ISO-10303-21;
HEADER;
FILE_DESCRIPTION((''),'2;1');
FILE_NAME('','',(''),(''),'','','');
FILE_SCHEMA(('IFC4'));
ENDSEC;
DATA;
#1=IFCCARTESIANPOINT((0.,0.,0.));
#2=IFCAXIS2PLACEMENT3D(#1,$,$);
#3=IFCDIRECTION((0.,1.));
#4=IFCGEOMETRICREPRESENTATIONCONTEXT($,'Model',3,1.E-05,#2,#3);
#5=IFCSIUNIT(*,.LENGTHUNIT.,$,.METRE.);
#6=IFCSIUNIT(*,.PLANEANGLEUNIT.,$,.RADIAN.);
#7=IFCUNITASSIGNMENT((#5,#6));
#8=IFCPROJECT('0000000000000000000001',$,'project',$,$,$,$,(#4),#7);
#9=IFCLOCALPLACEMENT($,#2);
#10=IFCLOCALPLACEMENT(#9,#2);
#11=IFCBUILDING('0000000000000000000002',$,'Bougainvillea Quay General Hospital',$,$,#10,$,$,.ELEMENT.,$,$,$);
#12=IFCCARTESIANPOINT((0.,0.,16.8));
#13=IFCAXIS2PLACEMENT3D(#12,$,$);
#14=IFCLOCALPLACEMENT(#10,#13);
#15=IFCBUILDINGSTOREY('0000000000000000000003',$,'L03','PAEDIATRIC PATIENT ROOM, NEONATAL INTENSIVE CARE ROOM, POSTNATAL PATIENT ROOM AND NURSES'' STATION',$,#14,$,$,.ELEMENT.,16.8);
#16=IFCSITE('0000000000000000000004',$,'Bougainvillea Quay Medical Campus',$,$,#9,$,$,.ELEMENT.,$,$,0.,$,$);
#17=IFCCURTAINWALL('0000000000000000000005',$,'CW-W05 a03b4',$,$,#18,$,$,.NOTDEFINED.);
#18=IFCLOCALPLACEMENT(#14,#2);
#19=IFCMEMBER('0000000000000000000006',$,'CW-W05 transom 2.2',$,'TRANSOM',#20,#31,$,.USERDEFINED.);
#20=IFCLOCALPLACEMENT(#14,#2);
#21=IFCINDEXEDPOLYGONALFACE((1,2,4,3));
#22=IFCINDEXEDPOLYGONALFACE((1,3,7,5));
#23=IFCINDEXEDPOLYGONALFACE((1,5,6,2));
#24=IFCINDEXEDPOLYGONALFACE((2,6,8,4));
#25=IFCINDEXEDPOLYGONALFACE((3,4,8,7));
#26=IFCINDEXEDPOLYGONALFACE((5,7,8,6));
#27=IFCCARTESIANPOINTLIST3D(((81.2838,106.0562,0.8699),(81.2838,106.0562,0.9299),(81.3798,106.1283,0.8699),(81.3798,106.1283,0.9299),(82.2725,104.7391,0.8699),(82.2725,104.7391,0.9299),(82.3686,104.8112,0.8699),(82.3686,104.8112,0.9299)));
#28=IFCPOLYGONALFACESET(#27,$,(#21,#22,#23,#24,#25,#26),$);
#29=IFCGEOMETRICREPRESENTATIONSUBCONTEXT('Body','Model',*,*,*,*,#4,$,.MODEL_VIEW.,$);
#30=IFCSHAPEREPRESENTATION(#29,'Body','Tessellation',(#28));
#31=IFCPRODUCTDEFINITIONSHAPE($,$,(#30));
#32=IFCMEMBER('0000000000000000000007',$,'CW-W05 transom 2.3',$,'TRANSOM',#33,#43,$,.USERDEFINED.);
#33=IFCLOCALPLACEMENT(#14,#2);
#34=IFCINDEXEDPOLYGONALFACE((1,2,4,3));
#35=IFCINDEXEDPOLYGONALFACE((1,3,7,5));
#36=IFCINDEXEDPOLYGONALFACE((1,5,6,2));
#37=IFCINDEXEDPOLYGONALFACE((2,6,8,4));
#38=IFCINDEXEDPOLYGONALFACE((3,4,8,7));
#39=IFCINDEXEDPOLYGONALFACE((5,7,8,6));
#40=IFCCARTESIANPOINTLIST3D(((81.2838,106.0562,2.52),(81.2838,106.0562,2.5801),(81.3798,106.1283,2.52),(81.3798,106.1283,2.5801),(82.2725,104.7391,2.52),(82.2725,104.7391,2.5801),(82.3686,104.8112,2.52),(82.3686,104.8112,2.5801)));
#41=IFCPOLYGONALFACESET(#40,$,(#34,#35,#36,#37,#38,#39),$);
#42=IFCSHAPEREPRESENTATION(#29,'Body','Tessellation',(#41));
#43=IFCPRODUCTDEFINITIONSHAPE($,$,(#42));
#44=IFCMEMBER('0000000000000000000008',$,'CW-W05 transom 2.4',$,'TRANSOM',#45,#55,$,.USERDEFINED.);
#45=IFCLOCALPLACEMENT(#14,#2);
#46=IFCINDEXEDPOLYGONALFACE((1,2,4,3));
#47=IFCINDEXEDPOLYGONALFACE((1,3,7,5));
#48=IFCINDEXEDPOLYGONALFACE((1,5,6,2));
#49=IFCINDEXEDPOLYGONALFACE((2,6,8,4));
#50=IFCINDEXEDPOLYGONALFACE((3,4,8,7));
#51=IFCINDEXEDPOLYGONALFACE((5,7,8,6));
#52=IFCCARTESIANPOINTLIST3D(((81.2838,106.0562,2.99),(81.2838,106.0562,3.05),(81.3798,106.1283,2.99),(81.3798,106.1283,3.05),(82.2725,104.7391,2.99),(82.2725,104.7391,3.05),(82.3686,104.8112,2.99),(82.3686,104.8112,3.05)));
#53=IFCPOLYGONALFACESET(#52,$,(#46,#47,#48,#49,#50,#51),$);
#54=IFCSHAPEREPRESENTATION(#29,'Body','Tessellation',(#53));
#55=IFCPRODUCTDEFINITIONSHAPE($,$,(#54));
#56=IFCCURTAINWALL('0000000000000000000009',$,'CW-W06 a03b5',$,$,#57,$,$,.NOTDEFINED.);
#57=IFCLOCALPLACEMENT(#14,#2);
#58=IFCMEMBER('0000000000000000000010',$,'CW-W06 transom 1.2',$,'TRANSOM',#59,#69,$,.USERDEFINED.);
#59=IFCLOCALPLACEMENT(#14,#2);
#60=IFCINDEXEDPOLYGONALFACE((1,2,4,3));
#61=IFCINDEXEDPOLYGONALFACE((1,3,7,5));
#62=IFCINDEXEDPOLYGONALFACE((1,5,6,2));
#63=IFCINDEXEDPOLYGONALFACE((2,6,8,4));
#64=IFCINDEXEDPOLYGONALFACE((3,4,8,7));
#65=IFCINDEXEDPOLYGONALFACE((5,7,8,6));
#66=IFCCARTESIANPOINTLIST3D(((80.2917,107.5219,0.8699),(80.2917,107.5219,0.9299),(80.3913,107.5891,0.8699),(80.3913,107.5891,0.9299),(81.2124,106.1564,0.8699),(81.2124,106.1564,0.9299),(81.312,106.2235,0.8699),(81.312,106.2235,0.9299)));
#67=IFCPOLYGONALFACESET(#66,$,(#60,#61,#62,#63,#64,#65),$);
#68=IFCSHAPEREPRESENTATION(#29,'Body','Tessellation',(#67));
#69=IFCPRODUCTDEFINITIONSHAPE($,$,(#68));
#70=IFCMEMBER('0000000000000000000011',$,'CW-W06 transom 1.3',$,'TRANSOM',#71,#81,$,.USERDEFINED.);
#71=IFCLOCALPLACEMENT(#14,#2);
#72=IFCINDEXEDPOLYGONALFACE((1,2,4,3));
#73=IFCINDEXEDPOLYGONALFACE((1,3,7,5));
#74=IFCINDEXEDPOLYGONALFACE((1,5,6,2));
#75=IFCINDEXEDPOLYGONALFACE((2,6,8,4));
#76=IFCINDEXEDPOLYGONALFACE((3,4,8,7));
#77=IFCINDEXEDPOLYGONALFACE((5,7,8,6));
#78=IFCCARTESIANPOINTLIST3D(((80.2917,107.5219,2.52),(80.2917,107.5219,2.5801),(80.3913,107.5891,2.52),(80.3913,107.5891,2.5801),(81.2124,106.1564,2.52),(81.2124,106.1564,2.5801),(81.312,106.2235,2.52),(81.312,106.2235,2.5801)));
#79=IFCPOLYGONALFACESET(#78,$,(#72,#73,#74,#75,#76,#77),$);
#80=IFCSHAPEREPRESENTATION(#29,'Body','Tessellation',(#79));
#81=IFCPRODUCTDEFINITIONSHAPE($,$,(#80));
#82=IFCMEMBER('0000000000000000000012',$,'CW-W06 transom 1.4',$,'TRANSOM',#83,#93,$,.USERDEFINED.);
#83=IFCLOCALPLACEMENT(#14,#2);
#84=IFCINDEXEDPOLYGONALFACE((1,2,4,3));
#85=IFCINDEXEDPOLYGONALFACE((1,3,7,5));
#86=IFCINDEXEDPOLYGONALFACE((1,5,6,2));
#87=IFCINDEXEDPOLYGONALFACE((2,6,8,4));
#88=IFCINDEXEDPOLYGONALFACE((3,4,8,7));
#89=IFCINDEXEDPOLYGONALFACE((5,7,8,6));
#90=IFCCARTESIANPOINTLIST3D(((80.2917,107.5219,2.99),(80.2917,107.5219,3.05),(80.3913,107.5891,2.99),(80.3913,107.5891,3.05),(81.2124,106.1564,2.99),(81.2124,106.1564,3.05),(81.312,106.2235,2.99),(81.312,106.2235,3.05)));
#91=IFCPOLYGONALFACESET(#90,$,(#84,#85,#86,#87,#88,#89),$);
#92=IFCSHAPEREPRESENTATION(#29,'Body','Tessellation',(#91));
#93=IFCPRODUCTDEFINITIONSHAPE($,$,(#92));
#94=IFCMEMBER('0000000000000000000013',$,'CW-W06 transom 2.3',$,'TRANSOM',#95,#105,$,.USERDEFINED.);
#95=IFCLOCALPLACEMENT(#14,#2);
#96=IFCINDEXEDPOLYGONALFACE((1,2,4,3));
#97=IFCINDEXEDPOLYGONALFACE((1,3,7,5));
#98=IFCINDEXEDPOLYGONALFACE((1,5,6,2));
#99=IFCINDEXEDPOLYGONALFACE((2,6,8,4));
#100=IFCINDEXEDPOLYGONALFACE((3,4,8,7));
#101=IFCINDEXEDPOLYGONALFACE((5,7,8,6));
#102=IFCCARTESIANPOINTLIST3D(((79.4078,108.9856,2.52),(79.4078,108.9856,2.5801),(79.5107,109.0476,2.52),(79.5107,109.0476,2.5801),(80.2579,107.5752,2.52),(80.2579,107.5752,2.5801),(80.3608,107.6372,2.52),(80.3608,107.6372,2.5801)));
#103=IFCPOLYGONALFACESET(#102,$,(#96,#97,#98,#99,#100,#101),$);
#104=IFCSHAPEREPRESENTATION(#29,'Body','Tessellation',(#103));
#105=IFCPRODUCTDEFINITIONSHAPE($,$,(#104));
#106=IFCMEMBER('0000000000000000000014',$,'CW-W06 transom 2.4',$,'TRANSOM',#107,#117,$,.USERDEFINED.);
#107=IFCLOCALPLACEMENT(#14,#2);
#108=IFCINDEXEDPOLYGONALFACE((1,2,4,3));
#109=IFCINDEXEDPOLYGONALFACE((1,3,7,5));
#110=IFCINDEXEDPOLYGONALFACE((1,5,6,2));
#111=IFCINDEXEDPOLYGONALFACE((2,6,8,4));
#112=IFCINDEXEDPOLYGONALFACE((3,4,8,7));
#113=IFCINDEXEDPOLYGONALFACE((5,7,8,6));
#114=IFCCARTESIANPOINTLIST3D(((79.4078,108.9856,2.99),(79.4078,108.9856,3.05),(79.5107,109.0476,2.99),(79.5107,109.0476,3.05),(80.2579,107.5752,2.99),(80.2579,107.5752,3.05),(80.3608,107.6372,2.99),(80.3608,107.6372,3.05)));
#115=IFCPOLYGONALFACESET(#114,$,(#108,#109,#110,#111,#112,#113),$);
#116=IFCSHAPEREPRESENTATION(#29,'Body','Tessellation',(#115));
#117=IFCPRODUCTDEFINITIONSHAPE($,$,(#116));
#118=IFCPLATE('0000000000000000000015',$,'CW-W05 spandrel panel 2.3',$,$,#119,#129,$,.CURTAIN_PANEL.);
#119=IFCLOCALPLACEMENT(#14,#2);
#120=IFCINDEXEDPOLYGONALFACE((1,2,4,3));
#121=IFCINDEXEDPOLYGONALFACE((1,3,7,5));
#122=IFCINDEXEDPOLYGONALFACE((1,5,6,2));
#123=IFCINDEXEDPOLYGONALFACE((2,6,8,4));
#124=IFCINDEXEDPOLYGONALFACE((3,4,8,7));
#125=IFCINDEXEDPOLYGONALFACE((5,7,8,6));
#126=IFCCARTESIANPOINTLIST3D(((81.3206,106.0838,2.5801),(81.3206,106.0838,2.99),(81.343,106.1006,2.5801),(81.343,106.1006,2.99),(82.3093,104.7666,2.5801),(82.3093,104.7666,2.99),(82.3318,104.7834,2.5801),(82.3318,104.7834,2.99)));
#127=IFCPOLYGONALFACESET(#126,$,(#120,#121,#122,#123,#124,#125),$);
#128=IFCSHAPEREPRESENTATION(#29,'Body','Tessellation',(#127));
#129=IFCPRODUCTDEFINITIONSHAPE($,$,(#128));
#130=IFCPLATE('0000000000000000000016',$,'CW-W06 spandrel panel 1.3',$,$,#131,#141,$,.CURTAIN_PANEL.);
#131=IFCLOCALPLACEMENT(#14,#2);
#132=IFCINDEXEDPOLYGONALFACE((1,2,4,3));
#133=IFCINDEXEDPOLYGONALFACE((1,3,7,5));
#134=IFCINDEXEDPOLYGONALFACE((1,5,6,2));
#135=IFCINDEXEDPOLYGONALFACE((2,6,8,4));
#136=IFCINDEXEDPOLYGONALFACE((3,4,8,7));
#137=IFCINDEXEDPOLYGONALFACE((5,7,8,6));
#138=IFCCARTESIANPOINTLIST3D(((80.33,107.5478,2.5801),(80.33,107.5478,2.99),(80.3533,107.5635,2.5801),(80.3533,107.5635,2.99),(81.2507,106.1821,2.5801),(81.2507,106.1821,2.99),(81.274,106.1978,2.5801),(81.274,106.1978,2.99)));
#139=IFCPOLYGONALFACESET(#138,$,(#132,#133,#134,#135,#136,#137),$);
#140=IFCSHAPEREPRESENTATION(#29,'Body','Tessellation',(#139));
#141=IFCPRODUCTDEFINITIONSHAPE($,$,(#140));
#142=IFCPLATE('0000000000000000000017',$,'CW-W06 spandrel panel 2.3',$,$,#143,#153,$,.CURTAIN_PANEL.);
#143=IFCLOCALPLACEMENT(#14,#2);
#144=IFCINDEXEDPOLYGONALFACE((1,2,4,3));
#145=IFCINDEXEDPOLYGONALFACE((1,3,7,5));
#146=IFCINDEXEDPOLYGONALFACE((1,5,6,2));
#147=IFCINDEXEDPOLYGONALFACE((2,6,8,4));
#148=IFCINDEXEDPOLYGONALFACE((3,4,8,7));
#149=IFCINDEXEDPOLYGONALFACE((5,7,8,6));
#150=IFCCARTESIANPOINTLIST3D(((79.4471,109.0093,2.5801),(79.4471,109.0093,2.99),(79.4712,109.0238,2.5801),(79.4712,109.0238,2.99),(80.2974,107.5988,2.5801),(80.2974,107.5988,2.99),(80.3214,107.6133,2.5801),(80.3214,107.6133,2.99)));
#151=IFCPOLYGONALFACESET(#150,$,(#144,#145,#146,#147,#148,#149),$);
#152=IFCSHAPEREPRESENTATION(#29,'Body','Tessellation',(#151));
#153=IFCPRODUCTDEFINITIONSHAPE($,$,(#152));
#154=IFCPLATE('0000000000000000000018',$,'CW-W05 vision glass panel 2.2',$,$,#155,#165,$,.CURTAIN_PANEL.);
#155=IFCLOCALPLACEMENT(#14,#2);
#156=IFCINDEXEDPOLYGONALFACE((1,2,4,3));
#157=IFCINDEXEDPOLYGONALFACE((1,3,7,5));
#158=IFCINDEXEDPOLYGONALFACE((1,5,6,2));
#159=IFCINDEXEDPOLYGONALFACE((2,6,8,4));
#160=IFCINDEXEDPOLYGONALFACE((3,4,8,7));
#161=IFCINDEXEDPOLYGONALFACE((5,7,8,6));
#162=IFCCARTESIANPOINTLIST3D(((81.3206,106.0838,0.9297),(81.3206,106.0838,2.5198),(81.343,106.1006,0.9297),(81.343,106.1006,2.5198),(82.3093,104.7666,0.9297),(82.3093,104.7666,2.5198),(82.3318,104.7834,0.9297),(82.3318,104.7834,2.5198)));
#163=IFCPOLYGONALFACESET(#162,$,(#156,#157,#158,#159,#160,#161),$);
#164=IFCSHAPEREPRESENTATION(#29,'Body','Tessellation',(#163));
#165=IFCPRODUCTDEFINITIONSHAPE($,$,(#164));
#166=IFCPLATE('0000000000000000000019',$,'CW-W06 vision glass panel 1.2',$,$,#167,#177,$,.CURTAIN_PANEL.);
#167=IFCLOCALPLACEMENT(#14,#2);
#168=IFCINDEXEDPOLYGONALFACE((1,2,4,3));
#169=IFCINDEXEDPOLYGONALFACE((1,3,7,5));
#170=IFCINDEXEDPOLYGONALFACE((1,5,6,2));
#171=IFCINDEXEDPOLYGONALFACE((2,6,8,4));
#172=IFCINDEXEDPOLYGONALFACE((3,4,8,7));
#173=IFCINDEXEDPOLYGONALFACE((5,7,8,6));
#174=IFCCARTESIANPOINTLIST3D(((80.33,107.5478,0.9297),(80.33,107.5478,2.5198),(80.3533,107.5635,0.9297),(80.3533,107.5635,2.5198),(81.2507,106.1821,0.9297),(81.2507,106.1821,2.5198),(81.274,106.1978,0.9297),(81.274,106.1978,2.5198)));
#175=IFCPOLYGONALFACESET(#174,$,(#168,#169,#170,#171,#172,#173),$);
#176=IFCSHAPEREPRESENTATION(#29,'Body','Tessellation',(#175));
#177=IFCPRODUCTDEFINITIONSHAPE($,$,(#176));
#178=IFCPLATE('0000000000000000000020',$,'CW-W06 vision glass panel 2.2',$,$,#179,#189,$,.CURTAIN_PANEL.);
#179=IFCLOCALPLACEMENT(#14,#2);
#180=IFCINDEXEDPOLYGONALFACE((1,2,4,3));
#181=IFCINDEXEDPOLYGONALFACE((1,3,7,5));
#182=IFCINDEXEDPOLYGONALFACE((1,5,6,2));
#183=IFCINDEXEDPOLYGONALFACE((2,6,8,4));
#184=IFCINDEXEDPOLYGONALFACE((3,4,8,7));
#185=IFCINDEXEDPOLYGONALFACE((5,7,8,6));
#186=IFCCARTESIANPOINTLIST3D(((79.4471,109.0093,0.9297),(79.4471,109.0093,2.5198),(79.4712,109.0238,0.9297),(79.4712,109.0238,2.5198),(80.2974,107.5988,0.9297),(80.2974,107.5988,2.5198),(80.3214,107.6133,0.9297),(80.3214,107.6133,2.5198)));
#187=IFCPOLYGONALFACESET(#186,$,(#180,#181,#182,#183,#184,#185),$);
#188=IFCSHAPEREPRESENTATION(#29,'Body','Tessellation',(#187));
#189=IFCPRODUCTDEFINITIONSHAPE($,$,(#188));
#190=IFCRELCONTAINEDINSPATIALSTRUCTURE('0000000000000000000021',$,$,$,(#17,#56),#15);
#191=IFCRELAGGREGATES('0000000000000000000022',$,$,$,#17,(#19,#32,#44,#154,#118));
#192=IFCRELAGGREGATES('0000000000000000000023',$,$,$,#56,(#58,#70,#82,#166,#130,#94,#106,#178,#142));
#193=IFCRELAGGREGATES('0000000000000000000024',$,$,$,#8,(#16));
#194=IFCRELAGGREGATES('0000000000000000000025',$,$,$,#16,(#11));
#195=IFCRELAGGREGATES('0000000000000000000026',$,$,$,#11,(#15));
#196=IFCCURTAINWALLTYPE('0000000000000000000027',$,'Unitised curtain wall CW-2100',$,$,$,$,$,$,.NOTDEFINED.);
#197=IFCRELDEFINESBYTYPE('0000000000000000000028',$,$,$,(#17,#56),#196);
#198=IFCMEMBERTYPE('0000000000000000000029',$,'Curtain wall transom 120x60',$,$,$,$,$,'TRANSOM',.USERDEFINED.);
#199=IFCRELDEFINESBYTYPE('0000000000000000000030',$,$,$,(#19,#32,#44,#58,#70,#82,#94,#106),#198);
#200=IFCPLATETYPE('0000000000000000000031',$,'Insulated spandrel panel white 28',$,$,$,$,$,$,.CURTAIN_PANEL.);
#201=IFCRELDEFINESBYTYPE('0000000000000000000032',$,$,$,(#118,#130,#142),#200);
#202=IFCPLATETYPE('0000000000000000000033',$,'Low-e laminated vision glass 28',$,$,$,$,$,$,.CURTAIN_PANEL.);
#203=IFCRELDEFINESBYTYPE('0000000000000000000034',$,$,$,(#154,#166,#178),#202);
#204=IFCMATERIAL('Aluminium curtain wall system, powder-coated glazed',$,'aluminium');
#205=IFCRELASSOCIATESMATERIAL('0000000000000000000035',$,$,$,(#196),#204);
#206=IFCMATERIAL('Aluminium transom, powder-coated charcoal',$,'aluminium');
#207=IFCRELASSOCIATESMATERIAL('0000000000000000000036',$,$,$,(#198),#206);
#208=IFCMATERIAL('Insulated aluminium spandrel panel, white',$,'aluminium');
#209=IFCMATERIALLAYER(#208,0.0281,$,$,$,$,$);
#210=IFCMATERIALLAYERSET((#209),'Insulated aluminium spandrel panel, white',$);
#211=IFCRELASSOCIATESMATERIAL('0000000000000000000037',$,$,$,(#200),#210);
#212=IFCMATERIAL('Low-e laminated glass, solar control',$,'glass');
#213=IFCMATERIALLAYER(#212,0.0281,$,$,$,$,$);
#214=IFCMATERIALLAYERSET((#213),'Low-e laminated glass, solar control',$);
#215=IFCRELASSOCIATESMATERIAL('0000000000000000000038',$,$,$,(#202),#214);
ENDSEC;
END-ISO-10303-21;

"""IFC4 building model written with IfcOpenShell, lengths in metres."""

from ifc_helpers import new_model, si_unit, direction, frame, origin, origin_2d, place, context, subcontext, project, spatial, rectangle, extrude, material, layer, layer_set, material_profile, profile_set, type_object, element, aggregate, save


model = new_model("IFC4")

# Units and contexts
model_context = context("Model", 3, precision=1e-05, world=origin(), true_north=direction((0.0, 1.0)))
body_context = subcontext(model_context, "Body", "Model", "MODEL_VIEW")
ifc_project = project(units=[si_unit("LENGTHUNIT", "METRE"), si_unit("PLANEANGLEUNIT", "RADIAN")], contexts=[model_context])

# Site, building, storey
site_placement = place(None, origin())
site = spatial("IfcSite", under=ifc_project, at=site_placement, Name="Bougainvillea Quay Medical Campus", CompositionType="ELEMENT", RefElevation=0.0)
building_placement = place(site_placement, origin())
building = spatial("IfcBuilding", under=site, at=building_placement, Name="Bougainvillea Quay General Hospital", CompositionType="ELEMENT")
storey_placement = place(building_placement, frame((0.0, 0.0, 16.8)))
storey = spatial("IfcBuildingStorey", under=building, at=storey_placement, Name="L03", Description="PAEDIATRIC PATIENT ROOM, NEONATAL INTENSIVE CARE ROOM, POSTNATAL PATIENT ROOM AND NURSES' STATION", CompositionType="ELEMENT", Elevation=16.8)

# Curtain walls, members
ifc_material_1 = material(Name="Aluminium curtain wall system, powder-coated glazed", Category="aluminium")
curtain_wall_type = type_object("IfcCurtainWallType", Name="Unitised curtain wall CW-2100", PredefinedType="NOTDEFINED", material=ifc_material_1)
curtain_wall_1_placement = place(storey_placement, origin())
curtain_wall_1 = element("IfcCurtainWall", 1, at=curtain_wall_1_placement, inside=storey, type_object=curtain_wall_type, Name="CW-W05 a03b4", PredefinedType="NOTDEFINED")
ifc_material_2 = material(Name="Aluminium transom, powder-coated charcoal", Category="aluminium")
ifc_material_profile_1 = material_profile(ifc_material_2, rectangle(XDim=0.1201, YDim=0.0601, at=origin_2d()))
ifc_profile_set_1 = profile_set([ifc_material_profile_1], Name="Aluminium transom, powder-coated charcoal")
member_type = type_object("IfcMemberType", Name="Curtain wall transom 120x60", ElementType="TRANSOM", PredefinedType="USERDEFINED", material=ifc_profile_set_1)
member_1_placement = place(storey_placement, frame((82.3206, 104.7751, 0.8999), z_axis=(-0.600356, 0.799733, 0.0), x_axis=(-0.799733, -0.600356, 0.0)))
member_1 = element("IfcMember", 2, at=member_1_placement, type_object=member_type, Name="CW-W05 transom 2.2", ObjectType="TRANSOM", PredefinedType="USERDEFINED", context=body_context, shape_type="SweptSolid", body=[
    extrude(rectangle(XDim=0.1201, YDim=0.0601, at=origin_2d()), origin(), (0.0, 0.0, 1.0), 1.647),
])
member_2_placement = place(storey_placement, frame((82.3206, 104.7751, 2.55), z_axis=(-0.600356, 0.799733, 0.0), x_axis=(-0.799733, -0.600356, 0.0)))
member_2 = element("IfcMember", 3, at=member_2_placement, type_object=member_type, Name="CW-W05 transom 2.3", ObjectType="TRANSOM", PredefinedType="USERDEFINED", context=body_context, shape_type="SweptSolid", body=[
    extrude(rectangle(XDim=0.1201, YDim=0.0601, at=origin_2d()), origin(), (0.0, 0.0, 1.0), 1.647),
])
member_3_placement = place(storey_placement, frame((82.3206, 104.7751, 3.02), z_axis=(-0.600356, 0.799733, 0.0), x_axis=(-0.799733, -0.600356, 0.0)))
member_3 = element("IfcMember", 4, at=member_3_placement, type_object=member_type, Name="CW-W05 transom 2.4", ObjectType="TRANSOM", PredefinedType="USERDEFINED", context=body_context, shape_type="SweptSolid", body=[
    extrude(rectangle(XDim=0.1201, YDim=0.0601, at=origin_2d()), origin(), (0.0, 0.0, 1.0), 1.647),
])
curtain_wall_2_placement = place(storey_placement, origin())
curtain_wall_2 = element("IfcCurtainWall", 5, at=curtain_wall_2_placement, inside=storey, type_object=curtain_wall_type, Name="CW-W06 a03b5", PredefinedType="NOTDEFINED")
member_4_placement = place(storey_placement, frame((81.2622, 106.1899, 0.8999), z_axis=(-0.559037, 0.829142, 0.0), x_axis=(-0.829142, -0.559037, 0.0)))
member_4 = element("IfcMember", 6, at=member_4_placement, type_object=member_type, Name="CW-W06 transom 1.2", ObjectType="TRANSOM", PredefinedType="USERDEFINED", context=body_context, shape_type="SweptSolid", body=[
    extrude(rectangle(XDim=0.1201, YDim=0.0601, at=origin_2d()), origin(), (0.0, 0.0, 1.0), 1.647),
])
member_5_placement = place(storey_placement, frame((81.2622, 106.1899, 2.55), z_axis=(-0.559037, 0.829142, 0.0), x_axis=(-0.829142, -0.559037, 0.0)))
member_5 = element("IfcMember", 7, at=member_5_placement, type_object=member_type, Name="CW-W06 transom 1.3", ObjectType="TRANSOM", PredefinedType="USERDEFINED", context=body_context, shape_type="SweptSolid", body=[
    extrude(rectangle(XDim=0.1201, YDim=0.0601, at=origin_2d()), origin(), (0.0, 0.0, 1.0), 1.647),
])
member_6_placement = place(storey_placement, frame((81.2622, 106.1899, 3.02), z_axis=(-0.559037, 0.829142, 0.0), x_axis=(-0.829142, -0.559037, 0.0)))
member_6 = element("IfcMember", 8, at=member_6_placement, type_object=member_type, Name="CW-W06 transom 1.4", ObjectType="TRANSOM", PredefinedType="USERDEFINED", context=body_context, shape_type="SweptSolid", body=[
    extrude(rectangle(XDim=0.1201, YDim=0.0601, at=origin_2d()), origin(), (0.0, 0.0, 1.0), 1.647),
])
member_7_placement = place(storey_placement, frame((80.3093, 107.6062, 2.55), z_axis=(-0.516217, 0.856458, 0.0), x_axis=(-0.856458, -0.516217, 0.0)))
member_7 = element("IfcMember", 9, at=member_7_placement, type_object=member_type, Name="CW-W06 transom 2.3", ObjectType="TRANSOM", PredefinedType="USERDEFINED", context=body_context, shape_type="SweptSolid", body=[
    extrude(rectangle(XDim=0.1201, YDim=0.0601, at=origin_2d()), origin(), (0.0, 0.0, 1.0), 1.6467),
])
member_8_placement = place(storey_placement, frame((80.3093, 107.6062, 3.02), z_axis=(-0.516217, 0.856458, 0.0), x_axis=(-0.856458, -0.516217, 0.0)))
member_8 = element("IfcMember", 10, at=member_8_placement, type_object=member_type, Name="CW-W06 transom 2.4", ObjectType="TRANSOM", PredefinedType="USERDEFINED", context=body_context, shape_type="SweptSolid", body=[
    extrude(rectangle(XDim=0.1201, YDim=0.0601, at=origin_2d()), origin(), (0.0, 0.0, 1.0), 1.6467),
])

# Plates
ifc_material_3 = material(Name="Insulated aluminium spandrel panel, white", Category="aluminium")
ifc_layer_1 = layer(ifc_material_3, 0.0281)
ifc_layer_set_1 = layer_set([ifc_layer_1], Name="Insulated aluminium spandrel panel, white")
plate_type_1 = type_object("IfcPlateType", Name="Insulated spandrel panel white 28", PredefinedType="CURTAIN_PANEL", material=ifc_layer_set_1)
plate_1_placement = place(storey_placement, frame((81.8262, 105.4336, 2.5801), z_axis=(0.0, 0.0, 1.0), x_axis=(-0.600323, 0.799758, 0.0)))
plate_1 = element("IfcPlate", 11, at=plate_1_placement, type_object=plate_type_1, Name="CW-W05 spandrel panel 2.3", PredefinedType="CURTAIN_PANEL", context=body_context, shape_type="SweptSolid", body=[
    extrude(rectangle(XDim=1.647, YDim=0.0281, at=origin_2d()), origin(), (0.0, 0.0, 1.0), 0.4099),
])
plate_2_placement = place(storey_placement, frame((80.802, 106.8728, 2.5801), z_axis=(0.0, 0.0, 1.0), x_axis=(-0.559005, 0.829164, 0.0)))
plate_2 = element("IfcPlate", 12, at=plate_2_placement, type_object=plate_type_1, Name="CW-W06 spandrel panel 1.3", PredefinedType="CURTAIN_PANEL", context=body_context, shape_type="SweptSolid", body=[
    extrude(rectangle(XDim=1.647, YDim=0.0281, at=origin_2d()), origin(), (0.0, 0.0, 1.0), 0.4099),
])
plate_3_placement = place(storey_placement, frame((79.8843, 108.3113, 2.5801), z_axis=(0.0, 0.0, 1.0), x_axis=(-0.516249, 0.856438, 0.0)))
plate_3 = element("IfcPlate", 13, at=plate_3_placement, type_object=plate_type_1, Name="CW-W06 spandrel panel 2.3", PredefinedType="CURTAIN_PANEL", context=body_context, shape_type="SweptSolid", body=[
    extrude(rectangle(XDim=1.647, YDim=0.0281, at=origin_2d()), origin(), (0.0, 0.0, 1.0), 0.4099),
])
ifc_material_4 = material(Name="Low-e laminated glass, solar control", Category="glass")
ifc_layer_2 = layer(ifc_material_4, 0.0281)
ifc_layer_set_2 = layer_set([ifc_layer_2], Name="Low-e laminated glass, solar control")
plate_type_2 = type_object("IfcPlateType", Name="Low-e laminated vision glass 28", PredefinedType="CURTAIN_PANEL", material=ifc_layer_set_2)
plate_4_placement = place(storey_placement, frame((81.8262, 105.4336, 0.9297), z_axis=(0.0, 0.0, 1.0), x_axis=(-0.600323, 0.799758, 0.0)))
plate_4 = element("IfcPlate", 14, at=plate_4_placement, type_object=plate_type_2, Name="CW-W05 vision glass panel 2.2", PredefinedType="CURTAIN_PANEL", context=body_context, shape_type="SweptSolid", body=[
    extrude(rectangle(XDim=1.647, YDim=0.0281, at=origin_2d()), origin(), (0.0, 0.0, 1.0), 1.5901),
])
aggregate(curtain_wall_1, [member_1, member_2, member_3, plate_4, plate_1])
plate_5_placement = place(storey_placement, frame((80.802, 106.8728, 0.9297), z_axis=(0.0, 0.0, 1.0), x_axis=(-0.559005, 0.829164, 0.0)))
plate_5 = element("IfcPlate", 15, at=plate_5_placement, type_object=plate_type_2, Name="CW-W06 vision glass panel 1.2", PredefinedType="CURTAIN_PANEL", context=body_context, shape_type="SweptSolid", body=[
    extrude(rectangle(XDim=1.647, YDim=0.0281, at=origin_2d()), origin(), (0.0, 0.0, 1.0), 1.5901),
])
plate_6_placement = place(storey_placement, frame((79.8843, 108.3113, 0.9297), z_axis=(0.0, 0.0, 1.0), x_axis=(-0.516249, 0.856438, 0.0)))
plate_6 = element("IfcPlate", 16, at=plate_6_placement, type_object=plate_type_2, Name="CW-W06 vision glass panel 2.2", PredefinedType="CURTAIN_PANEL", context=body_context, shape_type="SweptSolid", body=[
    extrude(rectangle(XDim=1.647, YDim=0.0281, at=origin_2d()), origin(), (0.0, 0.0, 1.0), 1.5901),
])
aggregate(curtain_wall_2, [member_4, member_5, member_6, plate_5, plate_2, member_7, member_8, plate_6, plate_3])

save(model, "model.ifc")
